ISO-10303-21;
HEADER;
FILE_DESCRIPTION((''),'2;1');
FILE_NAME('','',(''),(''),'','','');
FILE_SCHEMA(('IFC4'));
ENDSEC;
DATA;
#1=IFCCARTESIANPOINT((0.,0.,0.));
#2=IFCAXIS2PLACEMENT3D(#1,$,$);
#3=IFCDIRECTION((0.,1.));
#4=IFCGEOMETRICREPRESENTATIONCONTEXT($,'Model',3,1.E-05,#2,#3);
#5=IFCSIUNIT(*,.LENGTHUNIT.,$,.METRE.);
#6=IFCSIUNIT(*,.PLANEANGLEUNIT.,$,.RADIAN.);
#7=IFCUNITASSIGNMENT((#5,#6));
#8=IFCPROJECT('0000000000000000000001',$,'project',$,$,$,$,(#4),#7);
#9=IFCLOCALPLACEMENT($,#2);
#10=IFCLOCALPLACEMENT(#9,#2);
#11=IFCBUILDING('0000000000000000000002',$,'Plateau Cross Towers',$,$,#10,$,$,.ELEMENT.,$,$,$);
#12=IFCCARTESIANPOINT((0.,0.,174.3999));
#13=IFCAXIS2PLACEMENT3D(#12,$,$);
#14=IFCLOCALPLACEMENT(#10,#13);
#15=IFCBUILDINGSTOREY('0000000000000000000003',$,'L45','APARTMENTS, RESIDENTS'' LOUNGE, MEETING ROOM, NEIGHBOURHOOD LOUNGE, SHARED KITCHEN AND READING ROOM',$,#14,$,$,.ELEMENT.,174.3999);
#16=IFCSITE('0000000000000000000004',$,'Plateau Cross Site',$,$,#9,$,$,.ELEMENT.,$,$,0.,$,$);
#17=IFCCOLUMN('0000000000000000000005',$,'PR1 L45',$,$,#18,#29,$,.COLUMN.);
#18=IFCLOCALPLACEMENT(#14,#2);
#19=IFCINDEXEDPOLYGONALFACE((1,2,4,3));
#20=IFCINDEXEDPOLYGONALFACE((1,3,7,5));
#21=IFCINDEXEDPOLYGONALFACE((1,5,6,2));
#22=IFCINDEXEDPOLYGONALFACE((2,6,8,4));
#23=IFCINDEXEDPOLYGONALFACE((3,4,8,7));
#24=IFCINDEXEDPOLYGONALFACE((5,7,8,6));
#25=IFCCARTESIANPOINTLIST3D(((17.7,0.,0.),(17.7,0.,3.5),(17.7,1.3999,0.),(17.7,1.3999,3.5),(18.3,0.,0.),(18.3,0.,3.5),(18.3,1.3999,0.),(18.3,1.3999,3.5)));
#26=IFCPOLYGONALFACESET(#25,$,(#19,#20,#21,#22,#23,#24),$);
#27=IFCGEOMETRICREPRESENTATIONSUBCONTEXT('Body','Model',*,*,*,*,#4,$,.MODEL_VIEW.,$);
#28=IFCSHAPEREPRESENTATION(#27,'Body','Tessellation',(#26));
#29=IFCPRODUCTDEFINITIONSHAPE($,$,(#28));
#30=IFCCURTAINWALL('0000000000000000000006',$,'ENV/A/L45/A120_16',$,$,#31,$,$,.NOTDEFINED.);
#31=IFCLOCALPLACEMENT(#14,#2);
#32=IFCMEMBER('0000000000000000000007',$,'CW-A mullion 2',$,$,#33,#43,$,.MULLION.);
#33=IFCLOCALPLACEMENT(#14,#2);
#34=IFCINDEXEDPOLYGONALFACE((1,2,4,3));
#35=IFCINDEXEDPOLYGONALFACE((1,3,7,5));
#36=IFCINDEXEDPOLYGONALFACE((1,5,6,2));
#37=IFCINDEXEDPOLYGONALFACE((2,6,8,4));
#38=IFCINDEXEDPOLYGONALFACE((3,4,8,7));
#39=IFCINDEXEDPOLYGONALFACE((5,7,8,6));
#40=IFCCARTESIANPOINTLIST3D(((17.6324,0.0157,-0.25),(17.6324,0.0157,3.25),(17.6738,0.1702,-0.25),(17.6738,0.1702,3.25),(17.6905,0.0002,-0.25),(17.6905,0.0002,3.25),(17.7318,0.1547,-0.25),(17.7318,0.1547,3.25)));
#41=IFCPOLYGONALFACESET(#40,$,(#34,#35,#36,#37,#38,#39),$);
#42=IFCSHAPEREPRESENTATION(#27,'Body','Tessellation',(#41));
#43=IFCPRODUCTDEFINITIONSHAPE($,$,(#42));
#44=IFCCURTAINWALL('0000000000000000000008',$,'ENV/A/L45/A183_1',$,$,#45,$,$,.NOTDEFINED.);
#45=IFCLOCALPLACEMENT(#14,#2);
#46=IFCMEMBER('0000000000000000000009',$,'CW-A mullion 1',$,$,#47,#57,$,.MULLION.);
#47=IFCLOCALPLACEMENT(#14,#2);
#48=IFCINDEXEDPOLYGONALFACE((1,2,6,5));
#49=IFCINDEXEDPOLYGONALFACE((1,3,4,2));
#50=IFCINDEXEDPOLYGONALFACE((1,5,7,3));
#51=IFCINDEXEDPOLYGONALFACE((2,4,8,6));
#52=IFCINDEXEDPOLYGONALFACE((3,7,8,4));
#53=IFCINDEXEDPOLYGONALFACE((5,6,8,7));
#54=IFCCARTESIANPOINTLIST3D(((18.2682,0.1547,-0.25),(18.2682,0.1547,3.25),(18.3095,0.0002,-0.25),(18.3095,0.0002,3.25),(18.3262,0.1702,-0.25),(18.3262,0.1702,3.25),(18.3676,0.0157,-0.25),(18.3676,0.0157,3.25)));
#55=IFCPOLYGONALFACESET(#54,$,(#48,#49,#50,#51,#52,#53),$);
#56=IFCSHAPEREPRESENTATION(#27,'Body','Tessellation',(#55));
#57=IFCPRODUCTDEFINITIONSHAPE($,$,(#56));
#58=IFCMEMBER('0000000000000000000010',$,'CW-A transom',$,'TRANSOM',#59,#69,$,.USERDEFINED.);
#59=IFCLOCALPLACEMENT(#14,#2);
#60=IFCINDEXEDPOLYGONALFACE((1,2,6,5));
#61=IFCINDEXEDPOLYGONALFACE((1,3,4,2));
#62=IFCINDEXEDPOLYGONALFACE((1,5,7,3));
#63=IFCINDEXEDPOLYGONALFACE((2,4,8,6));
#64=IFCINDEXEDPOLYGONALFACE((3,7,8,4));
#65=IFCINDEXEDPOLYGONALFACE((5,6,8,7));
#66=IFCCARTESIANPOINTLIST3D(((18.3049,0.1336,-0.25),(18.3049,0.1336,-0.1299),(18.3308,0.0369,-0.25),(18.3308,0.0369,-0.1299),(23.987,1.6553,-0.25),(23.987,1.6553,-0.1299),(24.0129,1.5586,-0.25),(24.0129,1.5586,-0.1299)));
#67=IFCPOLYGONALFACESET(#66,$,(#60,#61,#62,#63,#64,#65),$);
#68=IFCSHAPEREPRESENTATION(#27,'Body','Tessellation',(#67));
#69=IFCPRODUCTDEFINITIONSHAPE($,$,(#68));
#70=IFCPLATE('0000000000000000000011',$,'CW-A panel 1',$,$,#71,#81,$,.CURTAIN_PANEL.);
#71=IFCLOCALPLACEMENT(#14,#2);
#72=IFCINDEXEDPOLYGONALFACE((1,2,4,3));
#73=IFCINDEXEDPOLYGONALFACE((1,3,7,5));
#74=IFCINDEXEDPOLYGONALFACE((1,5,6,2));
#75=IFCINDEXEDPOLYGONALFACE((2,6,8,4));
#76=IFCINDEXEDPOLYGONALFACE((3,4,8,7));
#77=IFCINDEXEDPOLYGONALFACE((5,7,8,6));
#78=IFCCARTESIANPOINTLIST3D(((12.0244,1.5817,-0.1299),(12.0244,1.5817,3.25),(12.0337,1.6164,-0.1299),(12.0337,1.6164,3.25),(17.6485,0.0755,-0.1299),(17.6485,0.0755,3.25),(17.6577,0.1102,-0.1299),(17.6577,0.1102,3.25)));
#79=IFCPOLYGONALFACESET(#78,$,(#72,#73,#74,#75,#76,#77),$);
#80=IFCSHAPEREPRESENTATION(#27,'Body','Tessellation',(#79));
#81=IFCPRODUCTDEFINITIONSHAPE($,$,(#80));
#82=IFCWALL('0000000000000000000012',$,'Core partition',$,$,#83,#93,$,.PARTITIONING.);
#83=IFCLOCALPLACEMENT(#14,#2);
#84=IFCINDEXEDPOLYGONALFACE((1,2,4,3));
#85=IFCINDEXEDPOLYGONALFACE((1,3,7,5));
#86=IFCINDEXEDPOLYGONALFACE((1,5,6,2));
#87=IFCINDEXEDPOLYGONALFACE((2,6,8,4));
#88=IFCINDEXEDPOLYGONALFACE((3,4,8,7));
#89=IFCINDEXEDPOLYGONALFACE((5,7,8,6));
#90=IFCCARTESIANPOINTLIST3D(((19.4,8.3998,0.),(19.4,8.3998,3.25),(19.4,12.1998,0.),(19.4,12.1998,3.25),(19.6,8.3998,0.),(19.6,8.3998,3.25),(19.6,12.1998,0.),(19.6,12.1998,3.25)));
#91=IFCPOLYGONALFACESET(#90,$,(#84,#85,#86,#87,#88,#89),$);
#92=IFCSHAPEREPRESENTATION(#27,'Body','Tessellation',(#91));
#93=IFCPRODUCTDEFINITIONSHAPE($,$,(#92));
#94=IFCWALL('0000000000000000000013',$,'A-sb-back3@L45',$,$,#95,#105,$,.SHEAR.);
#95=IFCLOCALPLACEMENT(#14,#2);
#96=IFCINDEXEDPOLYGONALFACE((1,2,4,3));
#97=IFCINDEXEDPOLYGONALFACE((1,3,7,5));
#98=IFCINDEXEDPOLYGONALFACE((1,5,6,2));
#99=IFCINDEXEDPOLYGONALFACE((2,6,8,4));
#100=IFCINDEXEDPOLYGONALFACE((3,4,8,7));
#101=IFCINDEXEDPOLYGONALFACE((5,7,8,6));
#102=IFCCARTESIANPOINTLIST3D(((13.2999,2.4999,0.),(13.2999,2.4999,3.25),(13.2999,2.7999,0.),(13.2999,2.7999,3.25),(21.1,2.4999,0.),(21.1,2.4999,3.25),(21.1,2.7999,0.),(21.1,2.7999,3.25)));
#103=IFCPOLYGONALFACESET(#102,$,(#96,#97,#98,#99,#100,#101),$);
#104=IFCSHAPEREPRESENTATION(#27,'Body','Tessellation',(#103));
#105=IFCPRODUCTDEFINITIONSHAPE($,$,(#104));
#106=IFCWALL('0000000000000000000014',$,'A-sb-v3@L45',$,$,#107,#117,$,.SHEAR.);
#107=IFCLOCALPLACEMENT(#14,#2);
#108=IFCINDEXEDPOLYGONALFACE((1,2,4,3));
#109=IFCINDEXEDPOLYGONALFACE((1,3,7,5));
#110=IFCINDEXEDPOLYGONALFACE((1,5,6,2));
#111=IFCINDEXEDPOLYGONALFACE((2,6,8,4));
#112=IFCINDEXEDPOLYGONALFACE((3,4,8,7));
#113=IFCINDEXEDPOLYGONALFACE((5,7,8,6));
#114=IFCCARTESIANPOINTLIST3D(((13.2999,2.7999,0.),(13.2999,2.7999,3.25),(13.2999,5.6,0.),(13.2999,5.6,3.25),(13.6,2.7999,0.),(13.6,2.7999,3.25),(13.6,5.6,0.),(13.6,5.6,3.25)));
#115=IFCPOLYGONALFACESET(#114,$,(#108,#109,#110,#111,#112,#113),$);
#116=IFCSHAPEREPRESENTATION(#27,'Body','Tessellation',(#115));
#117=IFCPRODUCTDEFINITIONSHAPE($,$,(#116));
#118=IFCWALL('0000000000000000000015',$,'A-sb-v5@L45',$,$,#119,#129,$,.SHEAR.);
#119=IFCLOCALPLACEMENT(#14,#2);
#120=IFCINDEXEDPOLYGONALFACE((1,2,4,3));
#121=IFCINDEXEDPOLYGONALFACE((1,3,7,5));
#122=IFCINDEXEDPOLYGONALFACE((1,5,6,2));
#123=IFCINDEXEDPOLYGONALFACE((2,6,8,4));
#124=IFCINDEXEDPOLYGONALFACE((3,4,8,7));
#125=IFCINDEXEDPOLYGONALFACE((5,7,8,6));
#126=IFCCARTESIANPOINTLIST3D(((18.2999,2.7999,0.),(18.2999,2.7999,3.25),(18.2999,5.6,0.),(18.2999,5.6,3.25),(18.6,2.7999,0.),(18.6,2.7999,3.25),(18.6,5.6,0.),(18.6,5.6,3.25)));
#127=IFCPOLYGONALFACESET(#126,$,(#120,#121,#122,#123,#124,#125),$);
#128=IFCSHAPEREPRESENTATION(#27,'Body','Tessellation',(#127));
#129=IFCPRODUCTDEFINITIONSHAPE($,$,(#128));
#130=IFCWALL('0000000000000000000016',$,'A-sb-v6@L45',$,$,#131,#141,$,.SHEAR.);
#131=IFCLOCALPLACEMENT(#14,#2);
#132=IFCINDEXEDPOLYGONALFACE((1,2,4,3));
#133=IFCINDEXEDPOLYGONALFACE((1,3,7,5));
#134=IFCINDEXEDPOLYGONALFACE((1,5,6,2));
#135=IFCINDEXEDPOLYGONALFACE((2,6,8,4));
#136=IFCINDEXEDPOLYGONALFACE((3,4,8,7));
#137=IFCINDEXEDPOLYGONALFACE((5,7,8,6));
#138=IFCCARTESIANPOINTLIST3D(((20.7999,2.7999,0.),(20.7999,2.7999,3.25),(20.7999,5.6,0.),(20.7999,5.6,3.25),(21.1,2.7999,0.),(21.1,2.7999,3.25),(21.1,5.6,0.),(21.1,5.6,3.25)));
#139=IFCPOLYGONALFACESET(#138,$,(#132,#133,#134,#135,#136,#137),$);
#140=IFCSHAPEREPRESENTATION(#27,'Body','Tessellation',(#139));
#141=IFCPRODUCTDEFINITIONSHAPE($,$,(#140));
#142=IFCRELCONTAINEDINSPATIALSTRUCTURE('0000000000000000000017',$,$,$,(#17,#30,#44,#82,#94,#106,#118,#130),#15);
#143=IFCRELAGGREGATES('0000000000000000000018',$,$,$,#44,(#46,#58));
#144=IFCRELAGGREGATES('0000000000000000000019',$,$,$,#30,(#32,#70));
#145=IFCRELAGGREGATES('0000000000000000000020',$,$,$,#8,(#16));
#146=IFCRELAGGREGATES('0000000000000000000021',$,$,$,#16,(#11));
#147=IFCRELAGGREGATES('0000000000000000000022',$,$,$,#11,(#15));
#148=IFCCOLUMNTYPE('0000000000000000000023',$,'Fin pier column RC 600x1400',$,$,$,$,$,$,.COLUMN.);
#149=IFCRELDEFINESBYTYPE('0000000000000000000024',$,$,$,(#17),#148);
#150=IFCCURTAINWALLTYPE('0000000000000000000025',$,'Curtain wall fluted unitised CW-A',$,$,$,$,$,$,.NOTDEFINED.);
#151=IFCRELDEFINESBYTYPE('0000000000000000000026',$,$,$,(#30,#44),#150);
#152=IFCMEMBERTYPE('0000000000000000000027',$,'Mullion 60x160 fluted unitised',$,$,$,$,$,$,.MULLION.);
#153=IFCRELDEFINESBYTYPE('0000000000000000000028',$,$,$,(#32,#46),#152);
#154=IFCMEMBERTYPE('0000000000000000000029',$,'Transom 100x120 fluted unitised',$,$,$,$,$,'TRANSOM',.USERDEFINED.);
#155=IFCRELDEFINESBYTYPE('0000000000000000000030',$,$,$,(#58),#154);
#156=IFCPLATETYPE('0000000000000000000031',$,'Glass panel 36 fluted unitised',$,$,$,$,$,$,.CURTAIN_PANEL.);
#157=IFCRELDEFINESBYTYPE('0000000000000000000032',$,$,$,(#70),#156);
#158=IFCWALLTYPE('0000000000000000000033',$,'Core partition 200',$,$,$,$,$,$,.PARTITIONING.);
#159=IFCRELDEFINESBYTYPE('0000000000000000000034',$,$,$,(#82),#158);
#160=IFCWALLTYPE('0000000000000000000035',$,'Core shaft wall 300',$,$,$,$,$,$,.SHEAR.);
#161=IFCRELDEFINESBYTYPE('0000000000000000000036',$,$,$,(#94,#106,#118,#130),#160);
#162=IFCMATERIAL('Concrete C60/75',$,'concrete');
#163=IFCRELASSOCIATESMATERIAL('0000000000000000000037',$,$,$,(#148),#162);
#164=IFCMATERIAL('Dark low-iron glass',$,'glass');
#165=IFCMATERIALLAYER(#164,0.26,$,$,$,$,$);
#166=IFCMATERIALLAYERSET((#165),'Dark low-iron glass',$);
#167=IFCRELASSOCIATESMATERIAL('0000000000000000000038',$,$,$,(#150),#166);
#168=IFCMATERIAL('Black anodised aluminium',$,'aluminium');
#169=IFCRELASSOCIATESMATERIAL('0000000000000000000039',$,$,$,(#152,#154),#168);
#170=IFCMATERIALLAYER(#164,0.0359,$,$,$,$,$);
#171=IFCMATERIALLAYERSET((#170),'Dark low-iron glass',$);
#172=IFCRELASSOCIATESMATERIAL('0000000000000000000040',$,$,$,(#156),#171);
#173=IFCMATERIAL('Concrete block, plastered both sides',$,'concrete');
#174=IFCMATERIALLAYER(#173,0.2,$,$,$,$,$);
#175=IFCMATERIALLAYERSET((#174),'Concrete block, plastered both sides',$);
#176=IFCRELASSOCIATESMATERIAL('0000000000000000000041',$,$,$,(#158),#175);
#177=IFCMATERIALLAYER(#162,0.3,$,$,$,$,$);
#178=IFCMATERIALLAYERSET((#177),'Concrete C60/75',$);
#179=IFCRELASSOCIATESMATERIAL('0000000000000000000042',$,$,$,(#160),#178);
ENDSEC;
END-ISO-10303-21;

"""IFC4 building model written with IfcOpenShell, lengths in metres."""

from ifc_helpers import new_model, si_unit, direction, frame, frame_2d, origin, origin_2d, place, context, subcontext, project, spatial, rectangle, extrude, material, layer, layer_set, material_profile, profile_set, type_object, element, aggregate, save


model = new_model("IFC4")

# Units and contexts
model_context = context("Model", 3, precision=1e-05, world=origin(), true_north=direction((0.0, 1.0)))
body_context = subcontext(model_context, "Body", "Model", "MODEL_VIEW")
ifc_project = project(units=[si_unit("LENGTHUNIT", "METRE"), si_unit("PLANEANGLEUNIT", "RADIAN")], contexts=[model_context])

# Site, building, storey
site_placement = place(None, origin())
site = spatial("IfcSite", under=ifc_project, at=site_placement, Name="Plateau Cross Site", CompositionType="ELEMENT", RefElevation=0.0)
building_placement = place(site_placement, origin())
building = spatial("IfcBuilding", under=site, at=building_placement, Name="Plateau Cross Towers", CompositionType="ELEMENT")
storey_placement = place(building_placement, frame((0.0, 0.0, 174.3999)))
storey = spatial("IfcBuildingStorey", under=building, at=storey_placement, Name="L45", Description="APARTMENTS, RESIDENTS' LOUNGE, MEETING ROOM, NEIGHBOURHOOD LOUNGE, SHARED KITCHEN AND READING ROOM", CompositionType="ELEMENT", Elevation=174.3999)

# Column
ifc_material_1 = material(Name="Concrete C60/75", Category="concrete")
ifc_material_profile_1 = material_profile(ifc_material_1, rectangle(XDim=0.6001, YDim=1.3999, at=origin_2d()), Name="RC 600x1400")
ifc_profile_set_1 = profile_set([ifc_material_profile_1], Name="Concrete C60/75")
column_type = type_object("IfcColumnType", Name="Fin pier column RC 600x1400", PredefinedType="COLUMN", material=ifc_profile_set_1)
column_placement = place(storey_placement, frame((18.0, 0.7, 0.0), z_axis=(0.0, 0.0, 1.0), x_axis=(1.0, 0.0, 0.0)))
element("IfcColumn", 1, at=column_placement, inside=storey, type_object=column_type, Name="PR1 L45", PredefinedType="COLUMN", context=body_context, shape_type="SweptSolid", body=[
    extrude(rectangle(XDim=0.6001, YDim=1.3999, at=origin_2d()), origin(), (0.0, 0.0, 1.0), 3.5),
])

# Curtain wall, member
ifc_material_2 = material(Name="Dark low-iron glass", Category="glass")
ifc_layer_1 = layer(ifc_material_2, 0.26)
ifc_layer_set_1 = layer_set([ifc_layer_1], Name="Dark low-iron glass")
curtain_wall_type = type_object("IfcCurtainWallType", Name="Curtain wall fluted unitised CW-A", PredefinedType="NOTDEFINED", material=ifc_layer_set_1)
curtain_wall_1_placement = place(storey_placement, origin())
curtain_wall_1 = element("IfcCurtainWall", 2, at=curtain_wall_1_placement, inside=storey, type_object=curtain_wall_type, Name="ENV/A/L45/A120_16", PredefinedType="NOTDEFINED")
ifc_material_3 = material(Name="Black anodised aluminium", Category="aluminium")
ifc_material_profile_2 = material_profile(ifc_material_3, rectangle(XDim=0.0601, YDim=0.1599, at=origin_2d()), Name="MULLION 60x160")
ifc_profile_set_2 = profile_set([ifc_material_profile_2], Name="Black anodised aluminium")
member_type_1 = type_object("IfcMemberType", Name="Mullion 60x160 fluted unitised", PredefinedType="MULLION", material=ifc_profile_set_2)
member_1_placement = place(storey_placement, frame((17.6821, 0.0852, -0.25), z_axis=(0.0, 0.0, 1.0), x_axis=(0.965958, -0.258699, 0.0)))
member_1 = element("IfcMember", 3, at=member_1_placement, type_object=member_type_1, Name="CW-A mullion 2", PredefinedType="MULLION", context=body_context, shape_type="SweptSolid", body=[
    extrude(rectangle(XDim=0.0601, YDim=0.1599, at=origin_2d()), origin(), (0.0, 0.0, 1.0), 3.5),
])

# Curtain wall, members
curtain_wall_2_placement = place(storey_placement, origin())
curtain_wall_2 = element("IfcCurtainWall", 4, at=curtain_wall_2_placement, inside=storey, type_object=curtain_wall_type, Name="ENV/A/L45/A183_1", PredefinedType="NOTDEFINED")
member_2_placement = place(storey_placement, frame((18.3179, 0.0852, -0.25), z_axis=(0.0, 0.0, 1.0), x_axis=(0.965958, 0.258699, 0.0)))
member_2 = element("IfcMember", 5, at=member_2_placement, type_object=member_type_1, Name="CW-A mullion 1", PredefinedType="MULLION", context=body_context, shape_type="SweptSolid", body=[
    extrude(rectangle(XDim=0.0601, YDim=0.1599, at=origin_2d()), origin(), (0.0, 0.0, 1.0), 3.5),
])
ifc_material_profile_3 = material_profile(ifc_material_3, rectangle(XDim=0.1001, YDim=0.1201, at=origin_2d()), Name="TRANSOM 100x120")
ifc_profile_set_3 = profile_set([ifc_material_profile_3], Name="Black anodised aluminium")
member_type_2 = type_object("IfcMemberType", Name="Transom 100x120 fluted unitised", ElementType="TRANSOM", PredefinedType="USERDEFINED", material=ifc_profile_set_3)
member_3_placement = place(storey_placement, frame((18.3179, 0.0852, -0.1899), z_axis=(0.96596, 0.258693, 0.0), x_axis=(-0.258693, 0.96596, 0.0)))
member_3 = element("IfcMember", 6, at=member_3_placement, type_object=member_type_2, Name="CW-A transom", ObjectType="TRANSOM", PredefinedType="USERDEFINED", context=body_context, shape_type="SweptSolid", body=[
    extrude(rectangle(XDim=0.1001, YDim=0.1201, at=origin_2d()), origin(), (0.0, 0.0, 1.0), 5.8823),
])
aggregate(curtain_wall_2, [member_2, member_3])

# Plate
ifc_layer_2 = layer(ifc_material_2, 0.0359)
ifc_layer_set_2 = layer_set([ifc_layer_2], Name="Dark low-iron glass")
plate_type = type_object("IfcPlateType", Name="Glass panel 36 fluted unitised", PredefinedType="CURTAIN_PANEL", material=ifc_layer_set_2)
plate_placement = place(storey_placement, frame((14.8411, 0.8459, -0.1299), z_axis=(0.0, 0.0, 1.0), x_axis=(0.965958, -0.258699, 0.0)))
plate = element("IfcPlate", 7, at=plate_placement, type_object=plate_type, Name="CW-A panel 1", PredefinedType="CURTAIN_PANEL", context=body_context, shape_type="SweptSolid", body=[
    extrude(rectangle(XDim=5.8223, YDim=0.0359, at=origin_2d()), origin(), (0.0, 0.0, 1.0), 3.3799),
])
aggregate(curtain_wall_1, [member_1, plate])

# Walls
ifc_material_4 = material(Name="Concrete block, plastered both sides", Category="concrete")
ifc_layer_3 = layer(ifc_material_4, 0.2)
ifc_layer_set_3 = layer_set([ifc_layer_3], Name="Concrete block, plastered both sides")
wall_type_1 = type_object("IfcWallType", Name="Core partition 200", PredefinedType="PARTITIONING", material=ifc_layer_set_3)
wall_1_placement = place(storey_placement, frame((19.5, 8.3999, 0.0), z_axis=(0.0, 0.0, 1.0), x_axis=(0.0, 1.0, 0.0)))
element("IfcWall", 8, at=wall_1_placement, inside=storey, type_object=wall_type_1, Name="Core partition", PredefinedType="PARTITIONING", context=body_context, shape_type="SweptSolid", body=[
    extrude(rectangle(XDim=3.8, YDim=0.2, at=frame_2d((1.8999, 0.0))), origin(), (0.0, 0.0, 1.0), 3.25),
])
ifc_layer_4 = layer(ifc_material_1, 0.3)
ifc_layer_set_4 = layer_set([ifc_layer_4], Name="Concrete C60/75")
wall_type_2 = type_object("IfcWallType", Name="Core shaft wall 300", PredefinedType="SHEAR", material=ifc_layer_set_4)
wall_2_placement = place(storey_placement, frame((13.3, 2.6499, 0.0), z_axis=(0.0, 0.0, 1.0), x_axis=(1.0, 0.0, 0.0)))
element("IfcWall", 9, at=wall_2_placement, inside=storey, type_object=wall_type_2, Name="A-sb-back3@L45", PredefinedType="SHEAR", context=body_context, shape_type="SweptSolid", body=[
    extrude(rectangle(XDim=7.8, YDim=0.3, at=frame_2d((3.8999, 0.0))), origin(), (0.0, 0.0, 1.0), 3.25),
])
for number, where, z_axis, x_axis, name in (
    (10, (13.45, 2.8, 0.0), (0.0, 0.0, 1.0), (0.0, 1.0, 0.0), "A-sb-v3@L45"),
    (11, (18.45, 2.8, 0.0), (0.0, 0.0, 1.0), (0.0, 1.0, 0.0), "A-sb-v5@L45"),
    (12, (20.95, 2.8, 0.0), (0.0, 0.0, 1.0), (0.0, 1.0, 0.0), "A-sb-v6@L45"),
):
    element("IfcWall", number, at=place(storey_placement, frame(where, z_axis=z_axis, x_axis=x_axis)), inside=storey, type_object=wall_type_2, Name=name, PredefinedType="SHEAR", context=body_context, shape_type="SweptSolid", body=[
        extrude(rectangle(XDim=2.8, YDim=0.3, at=frame_2d((1.3999, 0.0))), origin(), (0.0, 0.0, 1.0), 3.25),
    ])

save(model, "model.ifc")
